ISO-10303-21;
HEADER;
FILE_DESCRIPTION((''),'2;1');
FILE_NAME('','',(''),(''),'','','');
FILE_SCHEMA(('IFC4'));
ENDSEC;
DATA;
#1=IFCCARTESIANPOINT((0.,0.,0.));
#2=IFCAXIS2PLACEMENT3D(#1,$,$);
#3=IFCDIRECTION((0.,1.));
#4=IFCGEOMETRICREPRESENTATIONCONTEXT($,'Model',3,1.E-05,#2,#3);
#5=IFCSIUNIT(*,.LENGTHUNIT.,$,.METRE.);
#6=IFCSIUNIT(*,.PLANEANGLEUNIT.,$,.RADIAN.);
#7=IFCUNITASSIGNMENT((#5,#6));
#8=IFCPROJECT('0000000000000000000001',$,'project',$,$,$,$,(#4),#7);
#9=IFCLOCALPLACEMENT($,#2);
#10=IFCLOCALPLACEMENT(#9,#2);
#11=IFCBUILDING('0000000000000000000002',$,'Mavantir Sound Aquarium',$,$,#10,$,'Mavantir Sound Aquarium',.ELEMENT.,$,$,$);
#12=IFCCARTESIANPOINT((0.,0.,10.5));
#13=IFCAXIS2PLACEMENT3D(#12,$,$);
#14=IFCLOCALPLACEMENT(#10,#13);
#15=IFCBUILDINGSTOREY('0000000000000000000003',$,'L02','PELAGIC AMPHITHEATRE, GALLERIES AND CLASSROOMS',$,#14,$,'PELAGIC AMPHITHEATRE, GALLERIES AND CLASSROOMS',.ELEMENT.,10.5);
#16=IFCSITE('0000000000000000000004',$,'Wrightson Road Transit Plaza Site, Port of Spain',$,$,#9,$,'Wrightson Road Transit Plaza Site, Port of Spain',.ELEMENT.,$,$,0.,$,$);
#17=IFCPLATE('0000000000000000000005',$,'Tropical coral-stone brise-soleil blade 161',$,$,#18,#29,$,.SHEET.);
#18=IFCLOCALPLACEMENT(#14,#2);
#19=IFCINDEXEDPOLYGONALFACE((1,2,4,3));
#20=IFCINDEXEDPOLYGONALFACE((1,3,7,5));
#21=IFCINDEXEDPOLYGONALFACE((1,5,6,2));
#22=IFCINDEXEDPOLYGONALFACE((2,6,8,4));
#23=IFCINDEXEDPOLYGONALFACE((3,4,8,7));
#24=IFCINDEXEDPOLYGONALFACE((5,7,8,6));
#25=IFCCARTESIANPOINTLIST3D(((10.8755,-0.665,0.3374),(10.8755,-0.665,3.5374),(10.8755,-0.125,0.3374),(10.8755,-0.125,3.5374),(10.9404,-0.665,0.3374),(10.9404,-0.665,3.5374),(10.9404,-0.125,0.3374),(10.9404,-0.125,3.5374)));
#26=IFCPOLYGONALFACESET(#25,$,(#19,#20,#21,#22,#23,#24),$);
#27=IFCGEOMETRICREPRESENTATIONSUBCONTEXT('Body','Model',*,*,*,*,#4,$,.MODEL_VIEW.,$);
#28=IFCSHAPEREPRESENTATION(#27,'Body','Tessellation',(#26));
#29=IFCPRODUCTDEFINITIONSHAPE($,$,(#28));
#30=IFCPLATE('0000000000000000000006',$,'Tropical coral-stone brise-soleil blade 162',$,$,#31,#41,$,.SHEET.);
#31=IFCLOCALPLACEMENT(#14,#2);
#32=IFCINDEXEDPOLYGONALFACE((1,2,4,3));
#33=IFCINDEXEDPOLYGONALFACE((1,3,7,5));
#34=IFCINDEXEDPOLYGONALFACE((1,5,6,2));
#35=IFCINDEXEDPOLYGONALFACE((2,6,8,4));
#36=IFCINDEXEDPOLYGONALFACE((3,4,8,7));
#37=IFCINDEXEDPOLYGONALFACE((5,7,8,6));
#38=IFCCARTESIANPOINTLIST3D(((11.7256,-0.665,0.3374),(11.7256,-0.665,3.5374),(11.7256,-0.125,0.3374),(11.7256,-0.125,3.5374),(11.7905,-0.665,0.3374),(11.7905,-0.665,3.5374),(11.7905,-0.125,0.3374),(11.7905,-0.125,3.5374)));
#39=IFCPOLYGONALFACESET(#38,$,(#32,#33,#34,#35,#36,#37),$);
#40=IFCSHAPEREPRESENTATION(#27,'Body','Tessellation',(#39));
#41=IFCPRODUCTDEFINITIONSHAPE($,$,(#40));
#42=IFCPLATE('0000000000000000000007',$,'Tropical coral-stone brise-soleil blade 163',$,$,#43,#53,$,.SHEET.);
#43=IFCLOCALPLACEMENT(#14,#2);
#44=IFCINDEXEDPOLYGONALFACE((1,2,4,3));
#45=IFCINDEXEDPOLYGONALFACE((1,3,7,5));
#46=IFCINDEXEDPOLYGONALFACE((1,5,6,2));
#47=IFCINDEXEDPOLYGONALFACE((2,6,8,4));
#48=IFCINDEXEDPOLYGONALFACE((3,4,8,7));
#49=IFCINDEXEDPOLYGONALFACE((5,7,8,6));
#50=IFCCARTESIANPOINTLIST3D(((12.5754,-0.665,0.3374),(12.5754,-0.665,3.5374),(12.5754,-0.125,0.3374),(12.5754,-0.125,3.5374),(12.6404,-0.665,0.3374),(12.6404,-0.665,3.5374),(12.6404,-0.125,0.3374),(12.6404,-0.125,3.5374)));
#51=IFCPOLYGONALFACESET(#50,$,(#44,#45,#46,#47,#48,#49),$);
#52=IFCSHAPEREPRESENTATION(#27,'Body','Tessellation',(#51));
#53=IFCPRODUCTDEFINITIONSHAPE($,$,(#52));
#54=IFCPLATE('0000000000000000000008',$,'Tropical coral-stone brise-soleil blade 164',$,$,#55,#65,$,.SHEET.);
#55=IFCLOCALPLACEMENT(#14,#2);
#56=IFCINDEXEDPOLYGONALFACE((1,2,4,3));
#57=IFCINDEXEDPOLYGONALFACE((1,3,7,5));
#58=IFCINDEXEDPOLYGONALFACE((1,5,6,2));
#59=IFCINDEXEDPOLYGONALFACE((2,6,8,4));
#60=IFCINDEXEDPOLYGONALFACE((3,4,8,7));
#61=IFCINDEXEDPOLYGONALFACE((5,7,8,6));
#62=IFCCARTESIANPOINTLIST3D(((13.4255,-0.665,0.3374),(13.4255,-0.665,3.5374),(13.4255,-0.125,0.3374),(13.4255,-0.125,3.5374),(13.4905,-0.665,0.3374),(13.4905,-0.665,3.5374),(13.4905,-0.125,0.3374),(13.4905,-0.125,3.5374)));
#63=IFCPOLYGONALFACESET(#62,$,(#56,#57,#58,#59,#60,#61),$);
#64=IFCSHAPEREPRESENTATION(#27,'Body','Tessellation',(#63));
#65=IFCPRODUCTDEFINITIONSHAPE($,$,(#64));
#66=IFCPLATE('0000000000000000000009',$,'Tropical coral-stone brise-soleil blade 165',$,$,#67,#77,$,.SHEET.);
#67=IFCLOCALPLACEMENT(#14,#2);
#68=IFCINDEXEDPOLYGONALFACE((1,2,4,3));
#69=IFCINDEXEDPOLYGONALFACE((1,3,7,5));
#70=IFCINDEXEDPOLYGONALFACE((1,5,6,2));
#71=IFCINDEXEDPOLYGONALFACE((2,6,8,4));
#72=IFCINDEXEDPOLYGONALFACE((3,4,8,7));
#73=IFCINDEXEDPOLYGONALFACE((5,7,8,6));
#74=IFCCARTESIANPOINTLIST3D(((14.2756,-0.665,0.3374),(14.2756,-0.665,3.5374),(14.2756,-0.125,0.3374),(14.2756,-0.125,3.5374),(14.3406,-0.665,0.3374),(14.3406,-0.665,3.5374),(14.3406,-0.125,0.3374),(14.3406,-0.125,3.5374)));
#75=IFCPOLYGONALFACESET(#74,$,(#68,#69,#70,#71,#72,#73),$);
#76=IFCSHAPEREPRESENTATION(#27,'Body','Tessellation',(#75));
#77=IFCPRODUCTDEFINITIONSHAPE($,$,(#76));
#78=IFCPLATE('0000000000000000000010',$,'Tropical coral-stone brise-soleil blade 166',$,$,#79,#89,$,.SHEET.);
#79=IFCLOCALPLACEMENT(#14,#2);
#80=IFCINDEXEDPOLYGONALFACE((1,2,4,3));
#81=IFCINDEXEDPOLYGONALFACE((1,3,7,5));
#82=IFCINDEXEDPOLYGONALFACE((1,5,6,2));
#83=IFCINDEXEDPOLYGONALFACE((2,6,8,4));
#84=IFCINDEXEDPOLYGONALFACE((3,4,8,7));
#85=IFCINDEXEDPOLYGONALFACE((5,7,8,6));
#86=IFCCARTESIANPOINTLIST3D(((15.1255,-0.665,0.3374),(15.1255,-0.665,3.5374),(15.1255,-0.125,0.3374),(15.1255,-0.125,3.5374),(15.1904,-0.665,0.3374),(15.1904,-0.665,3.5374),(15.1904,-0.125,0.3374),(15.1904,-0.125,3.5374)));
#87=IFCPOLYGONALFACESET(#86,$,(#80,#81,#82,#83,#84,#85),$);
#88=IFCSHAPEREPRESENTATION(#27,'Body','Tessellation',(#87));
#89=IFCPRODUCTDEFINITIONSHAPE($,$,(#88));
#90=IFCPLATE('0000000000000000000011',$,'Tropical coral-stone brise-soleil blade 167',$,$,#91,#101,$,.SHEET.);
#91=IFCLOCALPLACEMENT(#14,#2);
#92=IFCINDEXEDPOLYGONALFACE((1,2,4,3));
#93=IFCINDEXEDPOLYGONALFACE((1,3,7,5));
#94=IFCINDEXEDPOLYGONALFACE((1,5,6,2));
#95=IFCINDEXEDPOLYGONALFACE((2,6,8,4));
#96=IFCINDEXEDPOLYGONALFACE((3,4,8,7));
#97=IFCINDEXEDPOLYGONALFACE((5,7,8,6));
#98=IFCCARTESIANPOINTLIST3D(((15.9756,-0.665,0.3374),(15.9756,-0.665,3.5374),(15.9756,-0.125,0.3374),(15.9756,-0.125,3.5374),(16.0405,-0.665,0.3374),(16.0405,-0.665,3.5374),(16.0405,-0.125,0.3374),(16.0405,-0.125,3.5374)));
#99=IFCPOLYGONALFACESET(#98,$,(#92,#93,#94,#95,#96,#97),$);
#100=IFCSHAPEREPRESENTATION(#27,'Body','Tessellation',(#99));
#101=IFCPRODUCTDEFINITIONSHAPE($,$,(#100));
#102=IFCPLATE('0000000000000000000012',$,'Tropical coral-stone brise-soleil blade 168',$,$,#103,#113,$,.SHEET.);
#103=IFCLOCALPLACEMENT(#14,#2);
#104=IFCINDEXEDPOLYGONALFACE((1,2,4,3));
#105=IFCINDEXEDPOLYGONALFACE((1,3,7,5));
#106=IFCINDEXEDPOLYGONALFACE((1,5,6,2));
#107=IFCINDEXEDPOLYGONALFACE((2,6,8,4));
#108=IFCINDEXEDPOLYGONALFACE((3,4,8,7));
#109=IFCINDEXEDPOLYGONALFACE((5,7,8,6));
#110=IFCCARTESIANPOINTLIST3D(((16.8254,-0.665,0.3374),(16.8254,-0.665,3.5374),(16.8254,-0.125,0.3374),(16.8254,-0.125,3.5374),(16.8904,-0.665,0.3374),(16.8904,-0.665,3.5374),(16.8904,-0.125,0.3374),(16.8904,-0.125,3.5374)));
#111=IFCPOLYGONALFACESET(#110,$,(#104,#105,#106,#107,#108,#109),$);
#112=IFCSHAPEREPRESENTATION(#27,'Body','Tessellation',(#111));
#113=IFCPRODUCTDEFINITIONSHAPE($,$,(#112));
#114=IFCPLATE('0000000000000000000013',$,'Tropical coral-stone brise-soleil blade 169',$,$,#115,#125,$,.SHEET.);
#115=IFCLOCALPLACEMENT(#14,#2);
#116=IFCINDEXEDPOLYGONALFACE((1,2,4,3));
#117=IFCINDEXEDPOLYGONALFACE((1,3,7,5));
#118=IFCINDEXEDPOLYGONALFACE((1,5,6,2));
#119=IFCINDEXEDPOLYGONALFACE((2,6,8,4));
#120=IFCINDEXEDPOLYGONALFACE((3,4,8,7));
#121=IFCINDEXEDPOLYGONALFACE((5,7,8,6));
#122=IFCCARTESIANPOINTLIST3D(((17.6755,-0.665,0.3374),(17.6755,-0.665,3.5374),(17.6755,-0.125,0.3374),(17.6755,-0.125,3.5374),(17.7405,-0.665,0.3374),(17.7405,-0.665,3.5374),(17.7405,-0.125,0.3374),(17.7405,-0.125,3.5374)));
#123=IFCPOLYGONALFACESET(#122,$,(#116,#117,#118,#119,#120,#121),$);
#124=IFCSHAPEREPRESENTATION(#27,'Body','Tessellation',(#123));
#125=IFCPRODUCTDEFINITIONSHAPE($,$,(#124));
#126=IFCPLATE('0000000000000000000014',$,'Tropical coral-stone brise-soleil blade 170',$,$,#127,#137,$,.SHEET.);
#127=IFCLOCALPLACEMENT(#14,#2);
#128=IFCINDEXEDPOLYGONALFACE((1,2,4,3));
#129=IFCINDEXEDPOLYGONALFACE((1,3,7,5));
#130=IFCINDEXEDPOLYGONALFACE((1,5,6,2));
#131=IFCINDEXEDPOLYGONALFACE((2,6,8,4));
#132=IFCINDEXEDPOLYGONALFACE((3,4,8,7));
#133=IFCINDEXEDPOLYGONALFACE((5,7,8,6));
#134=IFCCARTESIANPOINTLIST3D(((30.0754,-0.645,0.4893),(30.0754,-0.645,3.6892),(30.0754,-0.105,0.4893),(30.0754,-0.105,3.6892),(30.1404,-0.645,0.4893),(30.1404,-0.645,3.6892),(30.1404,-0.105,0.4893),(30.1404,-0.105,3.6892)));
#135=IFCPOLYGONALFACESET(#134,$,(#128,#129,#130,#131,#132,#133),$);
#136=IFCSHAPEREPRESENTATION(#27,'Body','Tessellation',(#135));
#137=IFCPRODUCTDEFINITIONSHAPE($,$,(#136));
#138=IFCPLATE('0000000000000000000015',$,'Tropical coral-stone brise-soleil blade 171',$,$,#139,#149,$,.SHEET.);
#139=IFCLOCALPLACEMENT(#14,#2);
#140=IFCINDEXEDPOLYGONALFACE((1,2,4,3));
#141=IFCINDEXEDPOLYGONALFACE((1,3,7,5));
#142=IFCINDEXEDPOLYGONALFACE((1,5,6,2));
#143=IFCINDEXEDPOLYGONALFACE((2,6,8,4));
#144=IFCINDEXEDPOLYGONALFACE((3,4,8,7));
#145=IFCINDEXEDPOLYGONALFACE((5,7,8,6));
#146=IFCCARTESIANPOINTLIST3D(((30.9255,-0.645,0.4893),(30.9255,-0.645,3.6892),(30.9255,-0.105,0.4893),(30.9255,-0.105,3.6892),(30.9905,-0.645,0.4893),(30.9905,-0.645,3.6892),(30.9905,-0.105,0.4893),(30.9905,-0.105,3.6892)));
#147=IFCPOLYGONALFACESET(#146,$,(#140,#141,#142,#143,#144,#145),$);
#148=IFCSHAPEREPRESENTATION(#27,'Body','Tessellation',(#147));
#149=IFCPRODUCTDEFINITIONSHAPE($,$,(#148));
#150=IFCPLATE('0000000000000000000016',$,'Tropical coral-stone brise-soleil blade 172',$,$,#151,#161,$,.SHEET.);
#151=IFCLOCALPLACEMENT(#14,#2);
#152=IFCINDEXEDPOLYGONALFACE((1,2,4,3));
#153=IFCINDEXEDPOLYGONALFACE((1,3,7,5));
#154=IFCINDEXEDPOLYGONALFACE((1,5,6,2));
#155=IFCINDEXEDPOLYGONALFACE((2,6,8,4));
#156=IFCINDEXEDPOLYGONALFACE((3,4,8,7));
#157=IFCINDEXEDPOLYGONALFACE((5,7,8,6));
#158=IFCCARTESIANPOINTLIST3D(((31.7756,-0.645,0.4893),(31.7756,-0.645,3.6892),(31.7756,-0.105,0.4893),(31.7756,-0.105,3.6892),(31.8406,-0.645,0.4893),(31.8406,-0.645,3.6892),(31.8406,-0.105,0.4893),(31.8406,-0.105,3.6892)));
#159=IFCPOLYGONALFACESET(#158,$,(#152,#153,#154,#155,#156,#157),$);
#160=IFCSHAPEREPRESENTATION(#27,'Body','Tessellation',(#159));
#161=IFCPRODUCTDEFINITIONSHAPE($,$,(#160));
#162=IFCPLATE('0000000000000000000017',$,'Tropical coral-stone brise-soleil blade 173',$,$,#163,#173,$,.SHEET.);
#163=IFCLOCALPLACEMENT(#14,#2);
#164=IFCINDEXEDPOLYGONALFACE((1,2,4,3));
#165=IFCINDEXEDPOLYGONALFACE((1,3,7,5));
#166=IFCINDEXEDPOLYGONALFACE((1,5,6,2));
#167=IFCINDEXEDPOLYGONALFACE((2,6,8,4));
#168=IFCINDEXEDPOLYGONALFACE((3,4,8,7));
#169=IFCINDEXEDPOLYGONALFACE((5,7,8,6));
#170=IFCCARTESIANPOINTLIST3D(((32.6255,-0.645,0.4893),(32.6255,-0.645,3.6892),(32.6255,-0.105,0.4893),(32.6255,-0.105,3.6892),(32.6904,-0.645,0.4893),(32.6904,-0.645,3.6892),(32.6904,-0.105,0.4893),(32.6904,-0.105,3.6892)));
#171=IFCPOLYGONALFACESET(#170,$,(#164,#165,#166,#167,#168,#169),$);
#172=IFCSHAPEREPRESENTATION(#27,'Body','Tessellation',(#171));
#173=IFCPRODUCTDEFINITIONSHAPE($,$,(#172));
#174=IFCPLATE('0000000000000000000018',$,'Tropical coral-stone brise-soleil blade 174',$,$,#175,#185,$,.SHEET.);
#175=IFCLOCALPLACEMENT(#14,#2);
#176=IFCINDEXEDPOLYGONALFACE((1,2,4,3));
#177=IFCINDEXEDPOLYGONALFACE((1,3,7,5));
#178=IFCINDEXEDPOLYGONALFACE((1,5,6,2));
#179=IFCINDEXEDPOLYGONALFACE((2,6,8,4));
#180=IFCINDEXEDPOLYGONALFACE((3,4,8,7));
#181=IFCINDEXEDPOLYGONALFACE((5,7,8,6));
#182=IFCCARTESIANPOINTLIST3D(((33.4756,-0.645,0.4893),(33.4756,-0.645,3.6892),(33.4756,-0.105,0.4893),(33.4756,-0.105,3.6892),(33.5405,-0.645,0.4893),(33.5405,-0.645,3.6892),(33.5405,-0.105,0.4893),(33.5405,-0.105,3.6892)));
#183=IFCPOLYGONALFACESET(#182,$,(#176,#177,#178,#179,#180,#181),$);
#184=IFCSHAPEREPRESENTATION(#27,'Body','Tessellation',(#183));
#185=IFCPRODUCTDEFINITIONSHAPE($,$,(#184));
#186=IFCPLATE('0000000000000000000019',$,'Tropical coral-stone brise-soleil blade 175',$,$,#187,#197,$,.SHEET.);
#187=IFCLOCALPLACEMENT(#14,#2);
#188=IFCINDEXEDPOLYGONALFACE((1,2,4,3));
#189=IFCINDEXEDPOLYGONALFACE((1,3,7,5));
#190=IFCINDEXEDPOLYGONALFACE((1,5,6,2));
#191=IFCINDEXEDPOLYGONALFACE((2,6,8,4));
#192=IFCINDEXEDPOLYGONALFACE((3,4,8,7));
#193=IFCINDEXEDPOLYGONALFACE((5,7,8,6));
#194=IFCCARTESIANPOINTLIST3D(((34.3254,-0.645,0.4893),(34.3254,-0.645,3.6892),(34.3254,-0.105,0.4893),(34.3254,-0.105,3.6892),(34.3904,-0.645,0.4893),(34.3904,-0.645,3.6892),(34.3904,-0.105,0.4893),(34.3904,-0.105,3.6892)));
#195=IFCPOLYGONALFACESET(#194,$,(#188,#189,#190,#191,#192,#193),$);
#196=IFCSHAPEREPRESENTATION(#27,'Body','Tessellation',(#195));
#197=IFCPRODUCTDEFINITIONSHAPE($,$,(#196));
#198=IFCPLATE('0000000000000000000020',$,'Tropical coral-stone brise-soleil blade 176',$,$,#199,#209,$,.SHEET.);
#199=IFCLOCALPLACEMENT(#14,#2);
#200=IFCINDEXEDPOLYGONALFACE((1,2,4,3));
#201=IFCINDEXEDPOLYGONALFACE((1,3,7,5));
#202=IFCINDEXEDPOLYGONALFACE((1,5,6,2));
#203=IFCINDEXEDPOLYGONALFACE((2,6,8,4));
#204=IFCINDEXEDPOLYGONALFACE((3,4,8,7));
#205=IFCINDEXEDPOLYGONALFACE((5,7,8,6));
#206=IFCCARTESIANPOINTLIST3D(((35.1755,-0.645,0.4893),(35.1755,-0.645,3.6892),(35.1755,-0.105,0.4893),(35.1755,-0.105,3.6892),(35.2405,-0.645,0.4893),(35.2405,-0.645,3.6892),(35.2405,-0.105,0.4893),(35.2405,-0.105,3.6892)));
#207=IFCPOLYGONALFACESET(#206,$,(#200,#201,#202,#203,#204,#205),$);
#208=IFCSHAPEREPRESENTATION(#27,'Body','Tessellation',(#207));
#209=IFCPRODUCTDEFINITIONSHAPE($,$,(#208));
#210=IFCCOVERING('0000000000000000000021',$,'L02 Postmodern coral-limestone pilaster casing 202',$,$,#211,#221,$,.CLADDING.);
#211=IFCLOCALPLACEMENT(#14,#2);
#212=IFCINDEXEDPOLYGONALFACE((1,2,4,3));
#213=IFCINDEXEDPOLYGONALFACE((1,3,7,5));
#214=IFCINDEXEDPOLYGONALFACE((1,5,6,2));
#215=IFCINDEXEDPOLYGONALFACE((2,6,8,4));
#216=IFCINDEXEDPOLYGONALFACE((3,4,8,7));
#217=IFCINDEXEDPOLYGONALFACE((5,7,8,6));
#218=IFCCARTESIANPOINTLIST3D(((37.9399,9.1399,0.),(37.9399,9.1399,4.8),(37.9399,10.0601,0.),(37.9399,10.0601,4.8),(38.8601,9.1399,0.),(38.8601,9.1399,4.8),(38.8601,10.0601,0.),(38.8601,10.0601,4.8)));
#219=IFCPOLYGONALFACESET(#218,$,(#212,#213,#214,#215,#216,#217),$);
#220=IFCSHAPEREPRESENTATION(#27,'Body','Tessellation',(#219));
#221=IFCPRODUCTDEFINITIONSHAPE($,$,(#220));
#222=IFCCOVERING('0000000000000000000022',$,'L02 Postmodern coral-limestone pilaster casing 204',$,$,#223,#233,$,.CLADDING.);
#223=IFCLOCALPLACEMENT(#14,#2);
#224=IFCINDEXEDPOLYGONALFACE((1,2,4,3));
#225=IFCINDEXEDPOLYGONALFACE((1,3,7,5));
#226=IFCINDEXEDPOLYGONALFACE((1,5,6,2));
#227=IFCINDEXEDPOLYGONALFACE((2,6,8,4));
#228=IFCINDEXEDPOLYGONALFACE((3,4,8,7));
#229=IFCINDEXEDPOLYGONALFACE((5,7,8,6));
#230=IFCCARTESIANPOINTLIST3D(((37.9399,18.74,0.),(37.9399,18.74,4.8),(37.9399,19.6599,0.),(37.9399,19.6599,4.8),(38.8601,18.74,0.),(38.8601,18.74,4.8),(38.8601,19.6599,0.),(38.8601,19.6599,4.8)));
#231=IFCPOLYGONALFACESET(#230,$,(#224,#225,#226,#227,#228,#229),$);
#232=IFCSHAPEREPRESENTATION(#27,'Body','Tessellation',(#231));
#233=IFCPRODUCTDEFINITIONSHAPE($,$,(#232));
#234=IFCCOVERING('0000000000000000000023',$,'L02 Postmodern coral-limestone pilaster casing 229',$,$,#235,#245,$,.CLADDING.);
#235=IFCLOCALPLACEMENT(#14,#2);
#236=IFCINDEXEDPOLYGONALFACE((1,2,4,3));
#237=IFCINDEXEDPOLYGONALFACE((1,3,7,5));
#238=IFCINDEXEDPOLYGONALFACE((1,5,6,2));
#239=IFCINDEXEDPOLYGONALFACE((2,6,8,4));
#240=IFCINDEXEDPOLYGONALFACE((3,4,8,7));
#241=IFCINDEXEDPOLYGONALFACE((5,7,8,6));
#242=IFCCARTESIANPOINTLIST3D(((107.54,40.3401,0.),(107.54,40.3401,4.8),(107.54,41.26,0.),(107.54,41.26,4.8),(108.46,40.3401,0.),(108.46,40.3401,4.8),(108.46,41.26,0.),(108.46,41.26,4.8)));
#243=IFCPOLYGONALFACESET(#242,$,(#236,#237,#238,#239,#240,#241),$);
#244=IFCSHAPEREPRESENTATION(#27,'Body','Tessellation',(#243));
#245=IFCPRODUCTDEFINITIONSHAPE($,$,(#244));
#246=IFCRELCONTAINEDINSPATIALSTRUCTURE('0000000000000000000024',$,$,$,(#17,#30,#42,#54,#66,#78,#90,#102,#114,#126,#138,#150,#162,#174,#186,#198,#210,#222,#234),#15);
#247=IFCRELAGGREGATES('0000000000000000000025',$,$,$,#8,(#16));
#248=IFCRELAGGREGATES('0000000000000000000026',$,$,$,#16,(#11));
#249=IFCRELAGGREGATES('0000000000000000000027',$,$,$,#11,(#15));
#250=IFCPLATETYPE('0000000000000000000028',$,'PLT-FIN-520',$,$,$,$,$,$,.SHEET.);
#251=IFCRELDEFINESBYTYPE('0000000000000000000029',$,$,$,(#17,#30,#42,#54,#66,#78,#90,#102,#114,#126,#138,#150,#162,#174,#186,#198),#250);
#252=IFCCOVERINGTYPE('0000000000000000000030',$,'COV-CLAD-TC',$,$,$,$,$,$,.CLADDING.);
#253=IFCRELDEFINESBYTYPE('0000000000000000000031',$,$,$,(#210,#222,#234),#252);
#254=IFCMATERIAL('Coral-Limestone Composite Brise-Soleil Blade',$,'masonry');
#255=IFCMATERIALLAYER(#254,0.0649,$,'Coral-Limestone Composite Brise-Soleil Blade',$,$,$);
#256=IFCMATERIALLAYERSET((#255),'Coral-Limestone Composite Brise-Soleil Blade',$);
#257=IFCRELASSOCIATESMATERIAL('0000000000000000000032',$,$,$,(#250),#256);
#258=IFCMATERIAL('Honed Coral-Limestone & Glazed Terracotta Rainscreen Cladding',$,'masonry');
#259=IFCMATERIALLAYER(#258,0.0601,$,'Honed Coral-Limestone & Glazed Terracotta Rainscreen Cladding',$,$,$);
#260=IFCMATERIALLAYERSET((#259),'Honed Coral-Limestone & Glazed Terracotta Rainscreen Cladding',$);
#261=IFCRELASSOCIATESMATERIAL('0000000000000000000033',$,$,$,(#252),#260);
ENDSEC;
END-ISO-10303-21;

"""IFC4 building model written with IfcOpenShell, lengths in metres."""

from ifc_helpers import new_model, si_unit, direction, frame, origin, origin_2d, place, context, subcontext, project, spatial, polyline, rectangle, outline, extrude, material, layer, layer_set, type_object, element, save


model = new_model("IFC4")

# Units and contexts
model_context = context("Model", 3, precision=1e-05, world=origin(), true_north=direction((0.0, 1.0)))
body_context = subcontext(model_context, "Body", "Model", "MODEL_VIEW")
ifc_project = project(units=[si_unit("LENGTHUNIT", "METRE"), si_unit("PLANEANGLEUNIT", "RADIAN")], contexts=[model_context])

# Site, building, storey
site_placement = place(None, origin())
site = spatial("IfcSite", under=ifc_project, at=site_placement, Name="Wrightson Road Transit Plaza Site, Port of Spain", LongName="Wrightson Road Transit Plaza Site, Port of Spain", CompositionType="ELEMENT", RefElevation=0.0)
building_placement = place(site_placement, origin())
building = spatial("IfcBuilding", under=site, at=building_placement, Name="Mavantir Sound Aquarium", LongName="Mavantir Sound Aquarium", CompositionType="ELEMENT")
storey_placement = place(building_placement, frame((0.0, 0.0, 10.5)))
storey = spatial("IfcBuildingStorey", under=building, at=storey_placement, Name="L02", Description="PELAGIC AMPHITHEATRE, GALLERIES AND CLASSROOMS", LongName="PELAGIC AMPHITHEATRE, GALLERIES AND CLASSROOMS", CompositionType="ELEMENT", Elevation=10.5)

# Plates
ifc_material_1 = material(Name="Coral-Limestone Composite Brise-Soleil Blade", Category="masonry")
ifc_layer_1 = layer(ifc_material_1, 0.0649, Name="Coral-Limestone Composite Brise-Soleil Blade")
ifc_layer_set_1 = layer_set([ifc_layer_1], Name="Coral-Limestone Composite Brise-Soleil Blade")
plate_type = type_object("IfcPlateType", Name="PLT-FIN-520", PredefinedType="SHEET", material=ifc_layer_set_1)
for number, where, z_axis, x_axis, name in (
    (1, (10.908, -0.395, 0.3374), (0.0, 0.0, 1.0), (-1.0, 0.0, 0.0), "Tropical coral-stone brise-soleil blade 161"),
    (2, (11.7581, -0.395, 0.3374), (0.0, 0.0, 1.0), (-1.0, 0.0, 0.0), "Tropical coral-stone brise-soleil blade 162"),
    (3, (12.6079, -0.395, 0.3374), (0.0, 0.0, 1.0), (-1.0, 0.0, 0.0), "Tropical coral-stone brise-soleil blade 163"),
    (4, (13.458, -0.395, 0.3374), (0.0, 0.0, 1.0), (-1.0, 0.0, 0.0), "Tropical coral-stone brise-soleil blade 164"),
    (5, (14.3081, -0.395, 0.3374), (0.0, 0.0, 1.0), (-1.0, 0.0, 0.0), "Tropical coral-stone brise-soleil blade 165"),
    (6, (15.158, -0.395, 0.3374), (0.0, 0.0, 1.0), (-1.0, 0.0, 0.0), "Tropical coral-stone brise-soleil blade 166"),
    (7, (16.0081, -0.395, 0.3374), (0.0, 0.0, 1.0), (-1.0, 0.0, 0.0), "Tropical coral-stone brise-soleil blade 167"),
    (8, (16.8579, -0.395, 0.3374), (0.0, 0.0, 1.0), (-1.0, 0.0, 0.0), "Tropical coral-stone brise-soleil blade 168"),
    (9, (17.708, -0.395, 0.3374), (0.0, 0.0, 1.0), (-1.0, 0.0, 0.0), "Tropical coral-stone brise-soleil blade 169"),
    (10, (30.1079, -0.375, 0.4893), (0.0, 0.0, 1.0), (-1.0, 0.0, 0.0), "Tropical coral-stone brise-soleil blade 170"),
    (11, (30.958, -0.375, 0.4893), (0.0, 0.0, 1.0), (-1.0, 0.0, 0.0), "Tropical coral-stone brise-soleil blade 171"),
    (12, (31.8081, -0.375, 0.4893), (0.0, 0.0, 1.0), (-1.0, 0.0, 0.0), "Tropical coral-stone brise-soleil blade 172"),
    (13, (32.658, -0.375, 0.4893), (0.0, 0.0, 1.0), (-1.0, 0.0, 0.0), "Tropical coral-stone brise-soleil blade 173"),
    (14, (33.5081, -0.375, 0.4893), (0.0, 0.0, 1.0), (-1.0, 0.0, 0.0), "Tropical coral-stone brise-soleil blade 174"),
    (15, (34.3579, -0.375, 0.4893), (0.0, 0.0, 1.0), (-1.0, 0.0, 0.0), "Tropical coral-stone brise-soleil blade 175"),
    (16, (35.208, -0.375, 0.4893), (0.0, 0.0, 1.0), (-1.0, 0.0, 0.0), "Tropical coral-stone brise-soleil blade 176"),
):
    element("IfcPlate", number, at=place(storey_placement, frame(where, z_axis=z_axis, x_axis=x_axis)), inside=storey, type_object=plate_type, Name=name, PredefinedType="SHEET", context=body_context, shape_type="SweptSolid", body=[
        extrude(rectangle(XDim=0.0649, YDim=0.54, at=origin_2d()), origin(), (0.0, 0.0, 1.0), 3.2),
    ])

# Coverings
ifc_material_2 = material(Name="Honed Coral-Limestone & Glazed Terracotta Rainscreen Cladding", Category="masonry")
ifc_layer_2 = layer(ifc_material_2, 0.0601, Name="Honed Coral-Limestone & Glazed Terracotta Rainscreen Cladding")
ifc_layer_set_2 = layer_set([ifc_layer_2], Name="Honed Coral-Limestone & Glazed Terracotta Rainscreen Cladding")
covering_type = type_object("IfcCoveringType", Name="COV-CLAD-TC", PredefinedType="CLADDING", material=ifc_layer_set_2)
covering_1_placement = place(storey_placement, origin())
element("IfcCovering", 17, at=covering_1_placement, inside=storey, type_object=covering_type, Name="L02 Postmodern coral-limestone pilaster casing 202", PredefinedType="CLADDING", context=body_context, shape_type="SweptSolid", body=[
    extrude(outline(polyline([(37.9399, 9.1399), (38.8601, 9.1399), (38.8601, 10.0601), (37.9399, 10.0601), (37.9399, 9.1399)])), origin(), (0.0, 0.0, 1.0), 4.8),
])
covering_2_placement = place(storey_placement, origin())
element("IfcCovering", 18, at=covering_2_placement, inside=storey, type_object=covering_type, Name="L02 Postmodern coral-limestone pilaster casing 204", PredefinedType="CLADDING", context=body_context, shape_type="SweptSolid", body=[
    extrude(outline(polyline([(37.9399, 18.74), (38.8601, 18.74), (38.8601, 19.6599), (37.9399, 19.6599), (37.9399, 18.74)])), origin(), (0.0, 0.0, 1.0), 4.8),
])
covering_3_placement = place(storey_placement, origin())
element("IfcCovering", 19, at=covering_3_placement, inside=storey, type_object=covering_type, Name="L02 Postmodern coral-limestone pilaster casing 229", PredefinedType="CLADDING", context=body_context, shape_type="SweptSolid", body=[
    extrude(outline(polyline([(107.54, 40.3401), (108.46, 40.3401), (108.46, 41.26), (107.54, 41.26), (107.54, 40.3401)])), origin(), (0.0, 0.0, 1.0), 4.8),
])

save(model, "model.ifc")
